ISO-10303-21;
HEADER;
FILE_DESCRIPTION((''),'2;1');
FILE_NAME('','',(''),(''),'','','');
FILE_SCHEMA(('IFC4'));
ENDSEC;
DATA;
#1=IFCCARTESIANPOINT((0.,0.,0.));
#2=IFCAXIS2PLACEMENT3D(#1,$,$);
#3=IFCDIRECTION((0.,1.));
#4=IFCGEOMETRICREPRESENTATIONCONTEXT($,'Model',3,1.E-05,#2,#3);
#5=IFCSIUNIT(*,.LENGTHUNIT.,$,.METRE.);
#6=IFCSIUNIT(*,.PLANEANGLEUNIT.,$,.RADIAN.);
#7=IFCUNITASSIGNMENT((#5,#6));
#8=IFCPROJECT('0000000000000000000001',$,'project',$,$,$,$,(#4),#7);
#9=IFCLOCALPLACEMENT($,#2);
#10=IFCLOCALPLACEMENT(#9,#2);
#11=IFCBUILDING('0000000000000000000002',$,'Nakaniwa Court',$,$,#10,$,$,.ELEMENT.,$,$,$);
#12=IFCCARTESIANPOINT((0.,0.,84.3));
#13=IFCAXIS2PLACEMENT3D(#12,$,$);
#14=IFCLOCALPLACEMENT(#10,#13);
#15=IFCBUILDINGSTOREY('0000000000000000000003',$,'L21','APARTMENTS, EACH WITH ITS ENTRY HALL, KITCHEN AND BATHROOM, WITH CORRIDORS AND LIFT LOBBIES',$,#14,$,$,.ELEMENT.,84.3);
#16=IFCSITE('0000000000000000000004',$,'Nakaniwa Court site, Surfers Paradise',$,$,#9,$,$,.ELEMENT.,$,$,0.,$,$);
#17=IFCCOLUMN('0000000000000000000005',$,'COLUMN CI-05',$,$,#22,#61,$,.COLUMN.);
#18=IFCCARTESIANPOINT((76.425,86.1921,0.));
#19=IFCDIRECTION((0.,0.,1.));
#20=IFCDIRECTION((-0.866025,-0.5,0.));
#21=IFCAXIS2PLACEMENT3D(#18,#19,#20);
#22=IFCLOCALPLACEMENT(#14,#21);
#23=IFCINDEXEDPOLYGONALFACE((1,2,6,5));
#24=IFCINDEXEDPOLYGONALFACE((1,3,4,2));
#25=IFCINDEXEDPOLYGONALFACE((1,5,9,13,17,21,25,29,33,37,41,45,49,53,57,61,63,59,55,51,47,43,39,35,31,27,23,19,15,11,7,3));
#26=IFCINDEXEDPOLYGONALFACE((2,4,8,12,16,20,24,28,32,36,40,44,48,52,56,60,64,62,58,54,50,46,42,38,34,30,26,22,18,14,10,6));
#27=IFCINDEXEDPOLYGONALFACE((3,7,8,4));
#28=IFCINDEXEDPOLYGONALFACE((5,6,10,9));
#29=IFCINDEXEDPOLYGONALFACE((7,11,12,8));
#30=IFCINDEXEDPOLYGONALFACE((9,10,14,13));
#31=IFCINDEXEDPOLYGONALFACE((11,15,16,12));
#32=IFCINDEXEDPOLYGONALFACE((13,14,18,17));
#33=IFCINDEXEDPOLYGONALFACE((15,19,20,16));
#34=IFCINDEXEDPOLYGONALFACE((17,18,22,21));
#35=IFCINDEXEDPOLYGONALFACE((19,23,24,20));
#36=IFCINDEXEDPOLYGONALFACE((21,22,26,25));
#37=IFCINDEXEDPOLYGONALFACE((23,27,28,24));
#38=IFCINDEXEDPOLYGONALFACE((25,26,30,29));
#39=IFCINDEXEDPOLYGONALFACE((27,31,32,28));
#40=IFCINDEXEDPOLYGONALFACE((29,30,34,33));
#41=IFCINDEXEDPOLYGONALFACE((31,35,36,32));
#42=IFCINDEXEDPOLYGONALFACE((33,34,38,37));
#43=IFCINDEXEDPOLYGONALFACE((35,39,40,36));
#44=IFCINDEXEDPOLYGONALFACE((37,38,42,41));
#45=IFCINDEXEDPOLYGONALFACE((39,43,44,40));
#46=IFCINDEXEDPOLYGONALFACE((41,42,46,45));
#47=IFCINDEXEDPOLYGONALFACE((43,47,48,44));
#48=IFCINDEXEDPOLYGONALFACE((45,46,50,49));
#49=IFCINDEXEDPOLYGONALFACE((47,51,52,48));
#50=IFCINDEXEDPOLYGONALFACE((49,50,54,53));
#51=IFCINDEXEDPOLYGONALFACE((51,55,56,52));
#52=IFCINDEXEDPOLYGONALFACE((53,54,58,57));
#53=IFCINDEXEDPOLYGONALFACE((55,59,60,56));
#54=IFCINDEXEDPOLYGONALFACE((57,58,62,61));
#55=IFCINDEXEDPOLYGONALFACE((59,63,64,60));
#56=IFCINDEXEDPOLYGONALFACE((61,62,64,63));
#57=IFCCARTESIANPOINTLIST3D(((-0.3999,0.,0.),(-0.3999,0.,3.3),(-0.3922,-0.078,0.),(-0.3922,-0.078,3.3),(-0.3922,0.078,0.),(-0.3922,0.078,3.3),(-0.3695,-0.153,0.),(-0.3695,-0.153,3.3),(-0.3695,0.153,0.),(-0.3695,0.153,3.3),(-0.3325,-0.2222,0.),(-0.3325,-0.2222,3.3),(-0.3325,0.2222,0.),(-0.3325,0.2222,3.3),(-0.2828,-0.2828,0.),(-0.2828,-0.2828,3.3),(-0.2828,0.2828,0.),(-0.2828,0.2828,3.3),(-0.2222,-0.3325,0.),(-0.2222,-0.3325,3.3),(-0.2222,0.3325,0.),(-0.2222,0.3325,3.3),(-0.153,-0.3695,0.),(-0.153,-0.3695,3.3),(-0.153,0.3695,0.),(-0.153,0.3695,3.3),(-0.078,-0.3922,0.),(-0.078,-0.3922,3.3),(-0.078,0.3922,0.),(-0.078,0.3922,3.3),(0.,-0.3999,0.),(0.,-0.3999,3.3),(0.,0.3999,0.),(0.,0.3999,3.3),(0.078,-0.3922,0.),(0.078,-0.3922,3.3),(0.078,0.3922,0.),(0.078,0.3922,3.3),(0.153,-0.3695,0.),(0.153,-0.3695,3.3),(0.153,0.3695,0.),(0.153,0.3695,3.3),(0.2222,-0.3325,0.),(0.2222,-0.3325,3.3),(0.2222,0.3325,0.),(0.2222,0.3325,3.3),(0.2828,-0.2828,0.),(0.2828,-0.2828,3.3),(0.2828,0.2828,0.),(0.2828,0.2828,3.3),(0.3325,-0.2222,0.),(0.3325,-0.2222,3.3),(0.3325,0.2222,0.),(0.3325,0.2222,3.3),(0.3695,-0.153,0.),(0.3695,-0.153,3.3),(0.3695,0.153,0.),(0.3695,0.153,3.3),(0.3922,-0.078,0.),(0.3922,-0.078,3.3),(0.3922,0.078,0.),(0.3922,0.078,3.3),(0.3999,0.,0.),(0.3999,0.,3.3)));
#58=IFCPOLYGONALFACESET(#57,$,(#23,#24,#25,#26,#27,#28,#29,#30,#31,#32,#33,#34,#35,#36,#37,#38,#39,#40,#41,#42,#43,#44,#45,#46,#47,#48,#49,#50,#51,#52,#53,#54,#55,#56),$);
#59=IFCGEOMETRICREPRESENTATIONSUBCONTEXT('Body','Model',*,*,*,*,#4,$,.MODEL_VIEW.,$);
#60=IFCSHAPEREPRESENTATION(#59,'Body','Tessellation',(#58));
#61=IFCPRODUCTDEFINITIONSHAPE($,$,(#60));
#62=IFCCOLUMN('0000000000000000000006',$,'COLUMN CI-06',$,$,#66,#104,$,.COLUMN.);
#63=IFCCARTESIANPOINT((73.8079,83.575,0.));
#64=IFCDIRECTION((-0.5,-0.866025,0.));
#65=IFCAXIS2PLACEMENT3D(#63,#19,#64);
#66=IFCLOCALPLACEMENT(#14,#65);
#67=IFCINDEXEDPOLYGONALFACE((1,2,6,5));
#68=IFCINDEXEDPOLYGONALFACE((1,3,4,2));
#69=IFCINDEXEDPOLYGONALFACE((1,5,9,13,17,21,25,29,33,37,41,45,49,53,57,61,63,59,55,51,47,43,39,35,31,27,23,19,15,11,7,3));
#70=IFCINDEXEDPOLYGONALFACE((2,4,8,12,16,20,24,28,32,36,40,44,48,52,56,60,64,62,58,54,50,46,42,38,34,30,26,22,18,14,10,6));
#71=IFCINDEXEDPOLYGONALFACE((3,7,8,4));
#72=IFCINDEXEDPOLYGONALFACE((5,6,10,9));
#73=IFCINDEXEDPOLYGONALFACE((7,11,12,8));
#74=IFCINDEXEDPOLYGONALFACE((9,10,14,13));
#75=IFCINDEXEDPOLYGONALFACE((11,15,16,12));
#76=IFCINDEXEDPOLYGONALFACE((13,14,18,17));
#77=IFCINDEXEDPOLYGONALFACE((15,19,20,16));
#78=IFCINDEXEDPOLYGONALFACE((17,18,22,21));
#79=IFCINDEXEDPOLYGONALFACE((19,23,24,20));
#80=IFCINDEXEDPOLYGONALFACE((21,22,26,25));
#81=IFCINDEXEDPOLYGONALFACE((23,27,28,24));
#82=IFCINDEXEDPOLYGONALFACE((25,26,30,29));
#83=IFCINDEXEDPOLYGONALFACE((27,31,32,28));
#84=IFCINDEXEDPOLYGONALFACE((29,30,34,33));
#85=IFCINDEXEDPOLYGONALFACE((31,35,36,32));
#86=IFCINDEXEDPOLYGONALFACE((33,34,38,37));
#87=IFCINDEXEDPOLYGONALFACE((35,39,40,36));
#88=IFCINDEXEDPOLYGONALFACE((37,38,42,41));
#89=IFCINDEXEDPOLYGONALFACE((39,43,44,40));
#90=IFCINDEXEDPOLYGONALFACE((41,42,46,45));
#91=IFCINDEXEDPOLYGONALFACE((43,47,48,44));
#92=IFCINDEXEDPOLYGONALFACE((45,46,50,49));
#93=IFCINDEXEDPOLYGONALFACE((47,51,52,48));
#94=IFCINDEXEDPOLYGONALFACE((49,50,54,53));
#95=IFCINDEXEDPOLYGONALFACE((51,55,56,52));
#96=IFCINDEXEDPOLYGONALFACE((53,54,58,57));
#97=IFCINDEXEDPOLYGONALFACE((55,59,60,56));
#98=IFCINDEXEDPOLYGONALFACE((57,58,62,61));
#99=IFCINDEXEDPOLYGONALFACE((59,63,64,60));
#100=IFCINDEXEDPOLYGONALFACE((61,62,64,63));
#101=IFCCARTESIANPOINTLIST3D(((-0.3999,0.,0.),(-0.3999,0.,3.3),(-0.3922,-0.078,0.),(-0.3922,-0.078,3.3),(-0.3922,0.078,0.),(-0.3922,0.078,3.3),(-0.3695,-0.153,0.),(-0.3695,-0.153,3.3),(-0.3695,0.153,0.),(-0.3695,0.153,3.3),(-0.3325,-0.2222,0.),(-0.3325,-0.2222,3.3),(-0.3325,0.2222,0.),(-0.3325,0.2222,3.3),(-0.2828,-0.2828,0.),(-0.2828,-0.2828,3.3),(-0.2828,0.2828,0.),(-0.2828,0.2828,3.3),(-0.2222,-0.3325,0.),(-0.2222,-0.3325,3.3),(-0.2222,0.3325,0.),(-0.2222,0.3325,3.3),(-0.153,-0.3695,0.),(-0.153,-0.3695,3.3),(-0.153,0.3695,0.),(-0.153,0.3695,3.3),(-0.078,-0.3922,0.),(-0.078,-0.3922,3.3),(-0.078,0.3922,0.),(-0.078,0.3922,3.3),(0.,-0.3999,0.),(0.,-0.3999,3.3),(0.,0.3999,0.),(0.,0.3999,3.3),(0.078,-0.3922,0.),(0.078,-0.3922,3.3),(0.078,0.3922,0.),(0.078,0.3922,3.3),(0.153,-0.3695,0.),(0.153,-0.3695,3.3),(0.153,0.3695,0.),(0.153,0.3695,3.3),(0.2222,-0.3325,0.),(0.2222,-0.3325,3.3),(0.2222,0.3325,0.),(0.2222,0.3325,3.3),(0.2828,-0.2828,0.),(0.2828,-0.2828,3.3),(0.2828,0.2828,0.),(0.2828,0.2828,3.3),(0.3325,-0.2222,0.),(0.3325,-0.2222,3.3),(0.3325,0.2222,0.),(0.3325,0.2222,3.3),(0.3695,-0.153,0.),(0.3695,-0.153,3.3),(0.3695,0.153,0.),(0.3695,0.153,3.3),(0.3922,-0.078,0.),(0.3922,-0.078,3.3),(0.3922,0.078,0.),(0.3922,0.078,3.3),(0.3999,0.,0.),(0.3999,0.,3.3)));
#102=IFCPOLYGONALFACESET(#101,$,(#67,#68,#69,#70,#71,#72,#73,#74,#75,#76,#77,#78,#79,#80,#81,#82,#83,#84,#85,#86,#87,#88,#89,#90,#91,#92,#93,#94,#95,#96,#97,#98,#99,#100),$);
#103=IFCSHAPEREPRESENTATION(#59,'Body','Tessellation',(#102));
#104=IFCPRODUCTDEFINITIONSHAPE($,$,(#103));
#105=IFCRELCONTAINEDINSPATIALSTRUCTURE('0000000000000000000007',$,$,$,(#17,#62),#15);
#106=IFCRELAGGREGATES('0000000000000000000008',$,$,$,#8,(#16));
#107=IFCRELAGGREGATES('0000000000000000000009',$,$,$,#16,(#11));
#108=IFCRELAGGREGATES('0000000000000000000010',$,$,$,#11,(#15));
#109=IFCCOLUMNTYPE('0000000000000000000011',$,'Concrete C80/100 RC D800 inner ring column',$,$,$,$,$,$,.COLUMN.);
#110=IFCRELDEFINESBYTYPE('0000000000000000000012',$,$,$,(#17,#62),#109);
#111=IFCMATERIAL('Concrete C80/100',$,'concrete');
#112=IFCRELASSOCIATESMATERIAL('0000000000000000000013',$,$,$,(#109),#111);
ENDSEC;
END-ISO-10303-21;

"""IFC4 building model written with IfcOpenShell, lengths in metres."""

from ifc_helpers import new_model, si_unit, direction, frame, origin, origin_2d, place, context, subcontext, project, spatial, circle, extrude, material, material_profile, profile_set, type_object, element, save


model = new_model("IFC4")

# Units and contexts
model_context = context("Model", 3, precision=1e-05, world=origin(), true_north=direction((0.0, 1.0)))
body_context = subcontext(model_context, "Body", "Model", "MODEL_VIEW")
ifc_project = project(units=[si_unit("LENGTHUNIT", "METRE"), si_unit("PLANEANGLEUNIT", "RADIAN")], contexts=[model_context])

# Site, building, storey
site_placement = place(None, origin())
site = spatial("IfcSite", under=ifc_project, at=site_placement, Name="Nakaniwa Court site, Surfers Paradise", CompositionType="ELEMENT", RefElevation=0.0)
building_placement = place(site_placement, origin())
building = spatial("IfcBuilding", under=site, at=building_placement, Name="Nakaniwa Court", CompositionType="ELEMENT")
storey_placement = place(building_placement, frame((0.0, 0.0, 84.3)))
storey = spatial("IfcBuildingStorey", under=building, at=storey_placement, Name="L21", Description="APARTMENTS, EACH WITH ITS ENTRY HALL, KITCHEN AND BATHROOM, WITH CORRIDORS AND LIFT LOBBIES", CompositionType="ELEMENT", Elevation=84.3)

# Columns
ifc_material_1 = material(Name="Concrete C80/100", Category="concrete")
ifc_material_profile_1 = material_profile(ifc_material_1, circle(Radius=0.3999, at=origin_2d()), Name="Concrete C80/100 RC D800 inner ring column")
ifc_profile_set_1 = profile_set([ifc_material_profile_1], Name="Concrete C80/100")
column_type = type_object("IfcColumnType", Name="Concrete C80/100 RC D800 inner ring column", PredefinedType="COLUMN", material=ifc_profile_set_1)
for number, where, z_axis, x_axis, name in (
    (1, (76.425, 86.1921, 0.0), (0.0, 0.0, 1.0), (-0.866025, -0.5, 0.0), "COLUMN CI-05"),
    (2, (73.8079, 83.575, 0.0), (0.0, 0.0, 1.0), (-0.5, -0.866025, 0.0), "COLUMN CI-06"),
):
    element("IfcColumn", number, at=place(storey_placement, frame(where, z_axis=z_axis, x_axis=x_axis)), inside=storey, type_object=column_type, Name=name, PredefinedType="COLUMN", context=body_context, shape_type="SweptSolid", body=[
        extrude(circle(Radius=0.3999, at=origin_2d()), origin(), (0.0, 0.0, 1.0), 3.3),
    ])

save(model, "model.ifc")
